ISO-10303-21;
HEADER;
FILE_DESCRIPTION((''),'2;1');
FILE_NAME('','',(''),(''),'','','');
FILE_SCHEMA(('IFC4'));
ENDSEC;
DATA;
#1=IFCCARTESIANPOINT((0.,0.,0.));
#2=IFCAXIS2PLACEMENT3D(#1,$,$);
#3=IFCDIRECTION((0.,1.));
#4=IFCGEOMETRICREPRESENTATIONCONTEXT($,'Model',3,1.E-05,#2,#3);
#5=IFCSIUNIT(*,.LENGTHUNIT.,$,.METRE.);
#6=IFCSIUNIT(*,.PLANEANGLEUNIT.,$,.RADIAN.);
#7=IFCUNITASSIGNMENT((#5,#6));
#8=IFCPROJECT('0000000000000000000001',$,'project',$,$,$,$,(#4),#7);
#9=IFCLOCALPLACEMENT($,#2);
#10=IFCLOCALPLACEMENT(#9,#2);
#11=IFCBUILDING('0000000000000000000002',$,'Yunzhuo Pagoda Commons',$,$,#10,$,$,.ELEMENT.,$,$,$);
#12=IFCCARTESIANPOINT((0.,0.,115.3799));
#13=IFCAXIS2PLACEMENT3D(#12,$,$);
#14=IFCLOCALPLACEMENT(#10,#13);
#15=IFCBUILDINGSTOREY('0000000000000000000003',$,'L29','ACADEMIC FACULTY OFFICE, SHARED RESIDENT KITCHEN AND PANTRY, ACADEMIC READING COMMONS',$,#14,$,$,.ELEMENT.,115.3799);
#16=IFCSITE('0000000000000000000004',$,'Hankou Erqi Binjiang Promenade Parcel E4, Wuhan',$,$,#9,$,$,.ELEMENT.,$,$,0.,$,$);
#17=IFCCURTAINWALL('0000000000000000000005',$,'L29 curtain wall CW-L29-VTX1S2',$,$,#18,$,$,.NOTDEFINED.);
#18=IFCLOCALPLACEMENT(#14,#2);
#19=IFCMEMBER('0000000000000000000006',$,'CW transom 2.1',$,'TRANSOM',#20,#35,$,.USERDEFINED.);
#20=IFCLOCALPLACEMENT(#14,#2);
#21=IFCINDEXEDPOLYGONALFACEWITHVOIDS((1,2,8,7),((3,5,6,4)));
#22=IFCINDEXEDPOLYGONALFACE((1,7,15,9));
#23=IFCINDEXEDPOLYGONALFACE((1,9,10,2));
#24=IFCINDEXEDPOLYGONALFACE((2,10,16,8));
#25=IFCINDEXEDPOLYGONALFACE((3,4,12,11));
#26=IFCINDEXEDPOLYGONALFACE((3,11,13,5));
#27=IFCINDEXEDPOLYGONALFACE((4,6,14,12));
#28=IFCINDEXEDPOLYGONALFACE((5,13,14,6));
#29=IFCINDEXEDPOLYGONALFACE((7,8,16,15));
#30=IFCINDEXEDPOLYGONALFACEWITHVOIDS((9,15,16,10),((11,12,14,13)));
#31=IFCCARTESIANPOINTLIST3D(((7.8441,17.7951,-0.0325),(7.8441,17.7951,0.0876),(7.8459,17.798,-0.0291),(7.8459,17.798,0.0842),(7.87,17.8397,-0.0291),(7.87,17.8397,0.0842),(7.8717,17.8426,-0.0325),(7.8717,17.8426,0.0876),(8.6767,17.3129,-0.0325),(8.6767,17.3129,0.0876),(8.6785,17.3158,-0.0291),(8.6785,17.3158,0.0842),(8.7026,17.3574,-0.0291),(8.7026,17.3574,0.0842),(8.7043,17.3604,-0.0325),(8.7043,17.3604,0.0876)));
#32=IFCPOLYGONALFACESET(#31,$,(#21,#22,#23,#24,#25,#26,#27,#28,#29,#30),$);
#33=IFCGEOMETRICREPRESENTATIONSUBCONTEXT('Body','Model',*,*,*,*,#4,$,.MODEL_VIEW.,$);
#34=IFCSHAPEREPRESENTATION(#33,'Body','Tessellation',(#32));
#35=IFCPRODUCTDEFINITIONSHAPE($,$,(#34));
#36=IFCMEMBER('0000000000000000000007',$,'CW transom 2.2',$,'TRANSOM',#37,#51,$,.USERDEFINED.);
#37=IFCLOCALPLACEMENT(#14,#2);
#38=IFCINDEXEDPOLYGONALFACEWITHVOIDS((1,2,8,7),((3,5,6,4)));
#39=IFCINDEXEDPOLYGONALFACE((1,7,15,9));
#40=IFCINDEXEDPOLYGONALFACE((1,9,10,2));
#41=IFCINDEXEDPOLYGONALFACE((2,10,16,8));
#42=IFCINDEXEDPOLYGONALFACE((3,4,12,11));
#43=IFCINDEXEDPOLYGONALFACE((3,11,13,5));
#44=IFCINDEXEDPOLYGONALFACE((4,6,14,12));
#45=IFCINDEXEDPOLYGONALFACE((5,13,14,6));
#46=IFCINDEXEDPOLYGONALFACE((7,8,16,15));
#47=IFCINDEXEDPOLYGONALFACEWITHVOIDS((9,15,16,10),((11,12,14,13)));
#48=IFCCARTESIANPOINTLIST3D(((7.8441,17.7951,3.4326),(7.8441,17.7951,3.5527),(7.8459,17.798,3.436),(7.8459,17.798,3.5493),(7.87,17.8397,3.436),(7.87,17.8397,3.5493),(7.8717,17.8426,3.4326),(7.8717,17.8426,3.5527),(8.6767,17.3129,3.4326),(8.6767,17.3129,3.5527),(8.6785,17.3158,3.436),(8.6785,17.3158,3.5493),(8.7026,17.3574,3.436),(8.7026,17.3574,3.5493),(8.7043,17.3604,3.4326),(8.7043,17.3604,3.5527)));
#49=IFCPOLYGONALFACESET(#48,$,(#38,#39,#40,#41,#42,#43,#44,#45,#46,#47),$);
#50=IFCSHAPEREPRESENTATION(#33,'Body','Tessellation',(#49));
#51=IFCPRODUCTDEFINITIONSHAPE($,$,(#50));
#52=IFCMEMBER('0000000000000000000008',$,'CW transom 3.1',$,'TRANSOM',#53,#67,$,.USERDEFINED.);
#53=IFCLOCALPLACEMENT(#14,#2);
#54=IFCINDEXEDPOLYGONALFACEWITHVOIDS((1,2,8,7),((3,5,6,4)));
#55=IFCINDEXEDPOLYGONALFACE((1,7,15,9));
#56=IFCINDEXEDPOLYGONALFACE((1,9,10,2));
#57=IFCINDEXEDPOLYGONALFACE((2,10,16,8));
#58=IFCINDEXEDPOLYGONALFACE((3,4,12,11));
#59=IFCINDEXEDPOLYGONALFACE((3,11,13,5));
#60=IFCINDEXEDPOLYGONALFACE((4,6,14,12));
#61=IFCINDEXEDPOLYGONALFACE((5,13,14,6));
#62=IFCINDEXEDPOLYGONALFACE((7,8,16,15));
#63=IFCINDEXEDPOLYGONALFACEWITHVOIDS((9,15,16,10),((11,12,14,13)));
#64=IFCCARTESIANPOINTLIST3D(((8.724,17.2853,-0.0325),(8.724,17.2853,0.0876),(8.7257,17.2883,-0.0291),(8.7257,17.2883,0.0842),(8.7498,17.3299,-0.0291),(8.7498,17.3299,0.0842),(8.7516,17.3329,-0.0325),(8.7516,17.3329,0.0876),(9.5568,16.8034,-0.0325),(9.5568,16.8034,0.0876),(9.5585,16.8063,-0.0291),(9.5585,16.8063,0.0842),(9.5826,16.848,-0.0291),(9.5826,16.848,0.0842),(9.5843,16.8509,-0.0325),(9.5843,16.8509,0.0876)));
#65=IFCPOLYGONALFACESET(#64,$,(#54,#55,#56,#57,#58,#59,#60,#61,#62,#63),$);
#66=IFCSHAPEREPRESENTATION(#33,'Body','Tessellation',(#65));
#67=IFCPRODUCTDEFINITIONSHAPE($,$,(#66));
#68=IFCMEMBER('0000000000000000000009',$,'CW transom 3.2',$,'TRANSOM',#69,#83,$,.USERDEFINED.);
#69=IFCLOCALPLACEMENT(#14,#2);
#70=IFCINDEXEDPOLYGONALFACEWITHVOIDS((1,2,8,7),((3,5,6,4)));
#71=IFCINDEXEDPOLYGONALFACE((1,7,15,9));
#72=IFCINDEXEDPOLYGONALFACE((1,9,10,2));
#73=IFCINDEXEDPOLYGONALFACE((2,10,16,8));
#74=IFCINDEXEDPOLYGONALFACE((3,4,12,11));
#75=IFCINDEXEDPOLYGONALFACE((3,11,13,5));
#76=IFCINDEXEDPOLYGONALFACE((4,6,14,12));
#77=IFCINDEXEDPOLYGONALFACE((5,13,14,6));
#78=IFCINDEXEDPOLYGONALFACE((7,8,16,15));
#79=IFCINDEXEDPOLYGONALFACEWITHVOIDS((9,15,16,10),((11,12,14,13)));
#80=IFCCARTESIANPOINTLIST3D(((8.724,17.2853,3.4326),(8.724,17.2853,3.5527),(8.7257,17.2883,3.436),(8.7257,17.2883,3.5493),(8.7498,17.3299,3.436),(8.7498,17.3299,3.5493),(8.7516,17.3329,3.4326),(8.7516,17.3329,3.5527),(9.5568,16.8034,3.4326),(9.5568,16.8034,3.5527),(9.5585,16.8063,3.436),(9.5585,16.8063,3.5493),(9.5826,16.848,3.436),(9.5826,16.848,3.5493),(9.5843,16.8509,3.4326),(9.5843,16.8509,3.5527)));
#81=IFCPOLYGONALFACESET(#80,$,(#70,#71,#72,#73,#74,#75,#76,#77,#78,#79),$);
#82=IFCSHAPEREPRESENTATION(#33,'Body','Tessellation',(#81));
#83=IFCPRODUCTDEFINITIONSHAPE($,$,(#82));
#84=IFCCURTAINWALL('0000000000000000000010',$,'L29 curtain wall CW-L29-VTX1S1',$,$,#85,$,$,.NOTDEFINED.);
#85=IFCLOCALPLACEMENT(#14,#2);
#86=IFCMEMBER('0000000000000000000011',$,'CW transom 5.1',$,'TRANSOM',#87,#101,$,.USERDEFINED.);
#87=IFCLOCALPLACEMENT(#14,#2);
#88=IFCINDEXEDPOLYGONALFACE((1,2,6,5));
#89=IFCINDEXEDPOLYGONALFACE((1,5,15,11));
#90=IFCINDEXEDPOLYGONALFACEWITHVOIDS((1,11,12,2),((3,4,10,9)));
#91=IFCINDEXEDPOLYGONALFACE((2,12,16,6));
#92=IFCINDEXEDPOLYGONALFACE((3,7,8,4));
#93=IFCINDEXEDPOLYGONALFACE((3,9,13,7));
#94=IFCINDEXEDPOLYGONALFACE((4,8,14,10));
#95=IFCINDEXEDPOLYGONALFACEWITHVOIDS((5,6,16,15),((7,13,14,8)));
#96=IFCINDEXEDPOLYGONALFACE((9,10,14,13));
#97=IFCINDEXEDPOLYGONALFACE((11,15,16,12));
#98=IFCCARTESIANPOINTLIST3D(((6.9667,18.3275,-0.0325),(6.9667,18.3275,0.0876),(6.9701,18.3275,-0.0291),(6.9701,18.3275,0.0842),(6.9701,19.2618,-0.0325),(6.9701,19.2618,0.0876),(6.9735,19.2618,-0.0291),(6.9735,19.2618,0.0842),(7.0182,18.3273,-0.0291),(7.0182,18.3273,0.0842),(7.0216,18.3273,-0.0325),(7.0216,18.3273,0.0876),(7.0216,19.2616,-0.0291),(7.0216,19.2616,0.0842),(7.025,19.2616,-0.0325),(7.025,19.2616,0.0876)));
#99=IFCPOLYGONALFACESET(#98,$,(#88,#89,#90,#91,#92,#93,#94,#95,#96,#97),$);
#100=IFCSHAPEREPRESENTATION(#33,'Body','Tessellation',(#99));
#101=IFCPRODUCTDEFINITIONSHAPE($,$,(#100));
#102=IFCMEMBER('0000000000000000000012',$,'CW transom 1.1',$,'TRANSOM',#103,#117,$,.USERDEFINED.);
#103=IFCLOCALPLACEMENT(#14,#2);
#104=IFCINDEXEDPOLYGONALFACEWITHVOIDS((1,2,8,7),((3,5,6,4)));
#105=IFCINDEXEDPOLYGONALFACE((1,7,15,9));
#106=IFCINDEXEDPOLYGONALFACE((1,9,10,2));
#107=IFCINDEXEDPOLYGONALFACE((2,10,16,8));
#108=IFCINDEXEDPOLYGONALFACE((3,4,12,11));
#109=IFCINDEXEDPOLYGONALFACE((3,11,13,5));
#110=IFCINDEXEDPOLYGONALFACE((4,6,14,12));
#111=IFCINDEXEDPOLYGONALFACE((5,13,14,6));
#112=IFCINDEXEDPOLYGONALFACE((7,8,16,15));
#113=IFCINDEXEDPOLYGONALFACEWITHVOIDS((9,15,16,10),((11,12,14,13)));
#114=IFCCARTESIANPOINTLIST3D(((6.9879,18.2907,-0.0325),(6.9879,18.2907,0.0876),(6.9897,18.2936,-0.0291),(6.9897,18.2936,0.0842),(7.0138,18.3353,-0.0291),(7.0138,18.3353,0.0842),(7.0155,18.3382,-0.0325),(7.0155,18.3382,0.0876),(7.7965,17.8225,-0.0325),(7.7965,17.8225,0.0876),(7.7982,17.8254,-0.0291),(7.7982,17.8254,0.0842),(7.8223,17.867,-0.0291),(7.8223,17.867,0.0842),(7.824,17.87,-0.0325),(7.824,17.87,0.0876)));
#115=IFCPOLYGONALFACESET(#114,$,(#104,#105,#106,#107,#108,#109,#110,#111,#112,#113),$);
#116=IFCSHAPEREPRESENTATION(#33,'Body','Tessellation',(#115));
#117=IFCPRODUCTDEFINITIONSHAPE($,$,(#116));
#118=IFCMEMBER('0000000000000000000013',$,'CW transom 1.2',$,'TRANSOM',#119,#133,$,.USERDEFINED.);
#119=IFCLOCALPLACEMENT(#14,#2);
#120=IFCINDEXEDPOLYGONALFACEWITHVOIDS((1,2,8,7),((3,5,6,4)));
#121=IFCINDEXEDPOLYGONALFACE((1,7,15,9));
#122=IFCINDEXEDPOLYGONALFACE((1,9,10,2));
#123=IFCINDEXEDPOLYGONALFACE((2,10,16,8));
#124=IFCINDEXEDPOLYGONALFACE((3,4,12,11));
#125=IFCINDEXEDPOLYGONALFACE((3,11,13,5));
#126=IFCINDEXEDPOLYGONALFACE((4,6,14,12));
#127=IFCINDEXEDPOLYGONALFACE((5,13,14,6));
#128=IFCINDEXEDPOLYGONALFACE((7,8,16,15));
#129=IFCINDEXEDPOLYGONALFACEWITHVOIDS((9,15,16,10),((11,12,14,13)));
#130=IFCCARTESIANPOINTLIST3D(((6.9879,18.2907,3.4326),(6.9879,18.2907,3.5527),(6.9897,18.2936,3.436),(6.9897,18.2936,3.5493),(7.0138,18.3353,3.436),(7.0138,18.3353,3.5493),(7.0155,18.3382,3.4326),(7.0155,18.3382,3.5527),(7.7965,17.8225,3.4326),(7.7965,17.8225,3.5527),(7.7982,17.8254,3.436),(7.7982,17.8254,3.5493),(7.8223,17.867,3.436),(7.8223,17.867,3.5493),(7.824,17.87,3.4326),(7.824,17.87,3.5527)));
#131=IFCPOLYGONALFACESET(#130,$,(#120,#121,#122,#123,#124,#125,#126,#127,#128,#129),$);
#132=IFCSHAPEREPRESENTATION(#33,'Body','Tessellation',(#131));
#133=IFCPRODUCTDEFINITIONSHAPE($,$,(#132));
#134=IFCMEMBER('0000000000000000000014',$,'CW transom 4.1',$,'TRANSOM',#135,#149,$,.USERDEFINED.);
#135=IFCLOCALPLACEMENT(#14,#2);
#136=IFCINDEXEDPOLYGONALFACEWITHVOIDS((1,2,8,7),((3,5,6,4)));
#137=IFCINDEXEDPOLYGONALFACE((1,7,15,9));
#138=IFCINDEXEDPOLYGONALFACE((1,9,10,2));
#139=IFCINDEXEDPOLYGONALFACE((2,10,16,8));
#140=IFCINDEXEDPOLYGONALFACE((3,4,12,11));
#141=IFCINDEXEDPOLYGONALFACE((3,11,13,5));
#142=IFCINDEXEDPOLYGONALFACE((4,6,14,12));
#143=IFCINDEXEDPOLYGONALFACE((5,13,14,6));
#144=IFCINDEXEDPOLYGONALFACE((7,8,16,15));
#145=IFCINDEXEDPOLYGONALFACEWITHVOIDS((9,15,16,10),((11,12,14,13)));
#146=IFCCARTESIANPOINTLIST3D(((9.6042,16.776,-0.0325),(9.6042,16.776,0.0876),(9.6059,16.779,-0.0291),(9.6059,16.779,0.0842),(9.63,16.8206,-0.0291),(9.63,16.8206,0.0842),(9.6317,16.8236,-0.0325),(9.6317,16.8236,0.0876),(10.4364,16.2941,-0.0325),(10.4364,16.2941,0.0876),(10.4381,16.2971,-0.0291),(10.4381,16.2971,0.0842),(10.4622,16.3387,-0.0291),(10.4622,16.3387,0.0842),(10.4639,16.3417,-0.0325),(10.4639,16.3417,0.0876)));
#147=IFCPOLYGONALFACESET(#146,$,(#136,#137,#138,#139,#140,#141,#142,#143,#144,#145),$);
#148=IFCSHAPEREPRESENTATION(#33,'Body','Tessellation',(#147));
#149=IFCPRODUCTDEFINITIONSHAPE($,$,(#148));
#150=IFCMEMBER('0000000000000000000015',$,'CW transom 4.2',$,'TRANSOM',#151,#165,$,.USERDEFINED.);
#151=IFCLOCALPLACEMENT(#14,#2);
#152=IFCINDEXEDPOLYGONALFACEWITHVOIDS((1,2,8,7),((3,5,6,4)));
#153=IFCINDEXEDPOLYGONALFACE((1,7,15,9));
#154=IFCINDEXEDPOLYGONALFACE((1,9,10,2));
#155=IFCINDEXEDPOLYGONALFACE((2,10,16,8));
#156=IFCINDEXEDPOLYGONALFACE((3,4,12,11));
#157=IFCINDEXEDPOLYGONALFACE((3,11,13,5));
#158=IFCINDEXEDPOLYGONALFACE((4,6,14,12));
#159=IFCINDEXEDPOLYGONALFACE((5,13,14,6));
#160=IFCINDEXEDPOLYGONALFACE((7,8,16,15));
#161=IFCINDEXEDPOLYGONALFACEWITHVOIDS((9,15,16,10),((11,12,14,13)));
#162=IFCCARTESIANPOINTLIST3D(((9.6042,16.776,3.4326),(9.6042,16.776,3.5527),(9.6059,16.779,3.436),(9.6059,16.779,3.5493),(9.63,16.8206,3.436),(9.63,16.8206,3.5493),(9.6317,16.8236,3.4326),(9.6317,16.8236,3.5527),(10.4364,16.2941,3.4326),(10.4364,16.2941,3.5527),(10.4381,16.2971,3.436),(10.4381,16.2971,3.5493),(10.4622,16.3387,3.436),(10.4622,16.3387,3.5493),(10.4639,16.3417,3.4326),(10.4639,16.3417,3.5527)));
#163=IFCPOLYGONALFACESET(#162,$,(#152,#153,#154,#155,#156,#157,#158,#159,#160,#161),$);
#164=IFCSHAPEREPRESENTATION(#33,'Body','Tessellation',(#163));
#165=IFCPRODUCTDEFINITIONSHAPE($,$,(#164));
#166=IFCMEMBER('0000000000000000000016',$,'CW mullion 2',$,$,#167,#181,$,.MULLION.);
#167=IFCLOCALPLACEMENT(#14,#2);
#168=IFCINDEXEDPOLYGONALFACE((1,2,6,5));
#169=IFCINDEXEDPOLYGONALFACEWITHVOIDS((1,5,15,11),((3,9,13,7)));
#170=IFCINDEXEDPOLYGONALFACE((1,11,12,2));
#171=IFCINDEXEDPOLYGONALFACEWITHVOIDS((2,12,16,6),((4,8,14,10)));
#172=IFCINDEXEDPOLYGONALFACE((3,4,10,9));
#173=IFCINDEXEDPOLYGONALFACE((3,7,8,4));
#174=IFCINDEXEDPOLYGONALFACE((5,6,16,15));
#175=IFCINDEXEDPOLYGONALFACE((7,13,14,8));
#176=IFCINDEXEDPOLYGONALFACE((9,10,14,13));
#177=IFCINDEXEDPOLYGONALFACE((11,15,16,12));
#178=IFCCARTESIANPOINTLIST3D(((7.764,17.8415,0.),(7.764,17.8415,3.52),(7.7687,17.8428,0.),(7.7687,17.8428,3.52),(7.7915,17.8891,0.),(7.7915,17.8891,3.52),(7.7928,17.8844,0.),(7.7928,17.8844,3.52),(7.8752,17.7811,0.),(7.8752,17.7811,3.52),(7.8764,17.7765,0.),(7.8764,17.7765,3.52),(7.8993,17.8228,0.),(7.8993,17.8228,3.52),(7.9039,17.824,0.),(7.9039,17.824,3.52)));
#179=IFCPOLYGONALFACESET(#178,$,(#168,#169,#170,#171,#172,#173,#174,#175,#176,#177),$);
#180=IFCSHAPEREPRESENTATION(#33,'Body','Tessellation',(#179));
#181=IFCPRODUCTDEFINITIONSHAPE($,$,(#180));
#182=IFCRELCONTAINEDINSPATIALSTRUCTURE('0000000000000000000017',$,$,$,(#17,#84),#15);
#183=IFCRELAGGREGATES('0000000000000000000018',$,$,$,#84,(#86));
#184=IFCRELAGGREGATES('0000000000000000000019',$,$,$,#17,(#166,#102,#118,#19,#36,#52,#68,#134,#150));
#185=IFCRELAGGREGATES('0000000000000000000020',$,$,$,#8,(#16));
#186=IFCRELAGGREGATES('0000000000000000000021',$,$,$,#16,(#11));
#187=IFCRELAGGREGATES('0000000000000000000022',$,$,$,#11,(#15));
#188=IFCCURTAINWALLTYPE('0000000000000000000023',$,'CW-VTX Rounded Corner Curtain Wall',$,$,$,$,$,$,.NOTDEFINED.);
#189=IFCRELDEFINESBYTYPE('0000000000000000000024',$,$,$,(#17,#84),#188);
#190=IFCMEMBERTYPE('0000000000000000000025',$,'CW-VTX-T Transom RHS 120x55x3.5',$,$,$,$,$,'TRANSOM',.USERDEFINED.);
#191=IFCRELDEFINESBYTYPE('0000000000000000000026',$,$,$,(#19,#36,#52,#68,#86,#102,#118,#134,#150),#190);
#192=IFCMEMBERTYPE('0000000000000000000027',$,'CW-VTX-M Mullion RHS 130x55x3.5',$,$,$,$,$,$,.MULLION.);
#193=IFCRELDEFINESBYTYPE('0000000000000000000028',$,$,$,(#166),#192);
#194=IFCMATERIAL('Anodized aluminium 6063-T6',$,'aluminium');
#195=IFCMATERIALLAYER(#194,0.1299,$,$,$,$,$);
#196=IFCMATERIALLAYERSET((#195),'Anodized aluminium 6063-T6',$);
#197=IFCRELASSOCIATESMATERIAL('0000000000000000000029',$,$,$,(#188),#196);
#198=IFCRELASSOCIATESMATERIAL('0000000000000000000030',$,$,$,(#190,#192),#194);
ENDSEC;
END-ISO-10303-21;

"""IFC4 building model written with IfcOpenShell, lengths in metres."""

from ifc_helpers import new_model, si_unit, direction, frame, origin, origin_2d, place, context, subcontext, project, spatial, hollow_rectangle, extrude, source, transform, mapped, material, layer, layer_set, material_profile, profile_set, type_object, element, aggregate, save


model = new_model("IFC4")

# Units and contexts
model_context = context("Model", 3, precision=1e-05, world=origin(), true_north=direction((0.0, 1.0)))
body_context = subcontext(model_context, "Body", "Model", "MODEL_VIEW")
ifc_project = project(units=[si_unit("LENGTHUNIT", "METRE"), si_unit("PLANEANGLEUNIT", "RADIAN")], contexts=[model_context])

# Site, building, storey
site_placement = place(None, origin())
site = spatial("IfcSite", under=ifc_project, at=site_placement, Name="Hankou Erqi Binjiang Promenade Parcel E4, Wuhan", CompositionType="ELEMENT", RefElevation=0.0)
building_placement = place(site_placement, origin())
building = spatial("IfcBuilding", under=site, at=building_placement, Name="Yunzhuo Pagoda Commons", CompositionType="ELEMENT")
storey_placement = place(building_placement, frame((0.0, 0.0, 115.3799)))
storey = spatial("IfcBuildingStorey", under=building, at=storey_placement, Name="L29", Description="ACADEMIC FACULTY OFFICE, SHARED RESIDENT KITCHEN AND PANTRY, ACADEMIC READING COMMONS", CompositionType="ELEMENT", Elevation=115.3799)

# Curtain wall, members
ifc_material_1 = material(Name="Anodized aluminium 6063-T6", Category="aluminium")
ifc_layer_1 = layer(ifc_material_1, 0.1299)
ifc_layer_set_1 = layer_set([ifc_layer_1], Name="Anodized aluminium 6063-T6")
curtain_wall_type = type_object("IfcCurtainWallType", Name="CW-VTX Rounded Corner Curtain Wall", PredefinedType="NOTDEFINED", material=ifc_layer_set_1)
curtain_wall_1_placement = place(storey_placement, origin())
curtain_wall_1 = element("IfcCurtainWall", 1, at=curtain_wall_1_placement, inside=storey, type_object=curtain_wall_type, Name="L29 curtain wall CW-L29-VTX1S2", PredefinedType="NOTDEFINED")
ifc_material_profile_1 = material_profile(ifc_material_1, hollow_rectangle(XDim=0.0549, YDim=0.1201, WallThickness=0.0034, at=origin_2d()), Name="Anodized aluminium 6063-T6")
ifc_profile_set_1 = profile_set([ifc_material_profile_1], Name="Anodized aluminium 6063-T6")
member_type_1 = type_object("IfcMemberType", Name="CW-VTX-T Transom RHS 120x55x3.5", ElementType="TRANSOM", PredefinedType="USERDEFINED", material=ifc_profile_set_1)
shared_shape_1 = source(origin(), body_context, "Body", "SweptSolid", [
    extrude(hollow_rectangle(XDim=0.0549, YDim=0.1201, WallThickness=0.0034, at=origin_2d()), origin(), (0.0, 0.0, 1.0), 0.9622),
])
member_1_placement = place(storey_placement, frame((7.8579, 17.8188, 0.0276), z_axis=(0.865339, -0.501186, 0.0), x_axis=(0.501186, 0.865339, 0.0)))
member_1 = element("IfcMember", 2, at=member_1_placement, type_object=member_type_1, Name="CW transom 2.1", ObjectType="TRANSOM", PredefinedType="USERDEFINED", context=body_context, shape_type="MappedRepresentation", body=[
    mapped(shared_shape_1, transform((0.0, 0.0, 0.0), scale=1.0)),
])
member_2_placement = place(storey_placement, frame((7.8579, 17.8188, 3.4927), z_axis=(0.865339, -0.501186, 0.0), x_axis=(0.501186, 0.865339, 0.0)))
member_2 = element("IfcMember", 3, at=member_2_placement, type_object=member_type_1, Name="CW transom 2.2", ObjectType="TRANSOM", PredefinedType="USERDEFINED", context=body_context, shape_type="MappedRepresentation", body=[
    mapped(shared_shape_1, transform((0.0, 0.0, 0.0), scale=1.0)),
])
member_3_placement = place(storey_placement, frame((8.7378, 17.3091, 0.0276), z_axis=(0.865513, -0.500886, 0.0), x_axis=(0.500886, 0.865513, 0.0)))
member_3 = element("IfcMember", 4, at=member_3_placement, type_object=member_type_1, Name="CW transom 3.1", ObjectType="TRANSOM", PredefinedType="USERDEFINED", context=body_context, shape_type="MappedRepresentation", body=[
    mapped(shared_shape_1, transform((0.0, 0.0, 0.0), scale=1.0)),
])
member_4_placement = place(storey_placement, frame((8.7378, 17.3091, 3.4927), z_axis=(0.865513, -0.500886, 0.0), x_axis=(0.500886, 0.865513, 0.0)))
member_4 = element("IfcMember", 5, at=member_4_placement, type_object=member_type_1, Name="CW transom 3.2", ObjectType="TRANSOM", PredefinedType="USERDEFINED", context=body_context, shape_type="MappedRepresentation", body=[
    mapped(shared_shape_1, transform((0.0, 0.0, 0.0), scale=1.0)),
])

# Curtain wall, member
curtain_wall_2_placement = place(storey_placement, origin())
curtain_wall_2 = element("IfcCurtainWall", 6, at=curtain_wall_2_placement, inside=storey, type_object=curtain_wall_type, Name="L29 curtain wall CW-L29-VTX1S1", PredefinedType="NOTDEFINED")
shared_shape_2 = source(origin(), body_context, "Body", "SweptSolid", [
    extrude(hollow_rectangle(XDim=0.0549, YDim=0.1201, WallThickness=0.0034, at=origin_2d()), origin(), (0.0, 0.0, 1.0), 0.9343),
])
member_5_placement = place(storey_placement, frame((6.9976, 19.2617, 0.0276), z_axis=(-0.003658, -0.999993, 0.0), x_axis=(0.999993, -0.003658, 0.0)))
member_5 = element("IfcMember", 7, at=member_5_placement, type_object=member_type_1, Name="CW transom 5.1", ObjectType="TRANSOM", PredefinedType="USERDEFINED", context=body_context, shape_type="MappedRepresentation", body=[
    mapped(shared_shape_2, transform((0.0, 0.0, 0.0), scale=1.0)),
])

# Members
member_6_placement = place(storey_placement, frame((7.0017, 18.3145, 0.0276), z_axis=(0.865367, -0.501139, 0.0), x_axis=(0.501139, 0.865367, 0.0)))
member_6 = element("IfcMember", 8, at=member_6_placement, type_object=member_type_1, Name="CW transom 1.1", ObjectType="TRANSOM", PredefinedType="USERDEFINED", context=body_context, shape_type="MappedRepresentation", body=[
    mapped(shared_shape_2, transform((0.0, 0.0, 0.0), scale=1.0)),
])
member_7_placement = place(storey_placement, frame((7.0017, 18.3145, 3.4927), z_axis=(0.865367, -0.501139, 0.0), x_axis=(0.501139, 0.865367, 0.0)))
member_7 = element("IfcMember", 9, at=member_7_placement, type_object=member_type_1, Name="CW transom 1.2", ObjectType="TRANSOM", PredefinedType="USERDEFINED", context=body_context, shape_type="MappedRepresentation", body=[
    mapped(shared_shape_2, transform((0.0, 0.0, 0.0), scale=1.0)),
])
shared_shape_3 = source(origin(), body_context, "Body", "SweptSolid", [
    extrude(hollow_rectangle(XDim=0.0549, YDim=0.1201, WallThickness=0.0034, at=origin_2d()), origin(), (0.0, 0.0, 1.0), 0.9617),
])
member_8_placement = place(storey_placement, frame((9.6179, 16.7998, 0.0276), z_axis=(0.865386, -0.501106, 0.0), x_axis=(0.501106, 0.865386, 0.0)))
member_8 = element("IfcMember", 10, at=member_8_placement, type_object=member_type_1, Name="CW transom 4.1", ObjectType="TRANSOM", PredefinedType="USERDEFINED", context=body_context, shape_type="MappedRepresentation", body=[
    mapped(shared_shape_3, transform((0.0, 0.0, 0.0), scale=1.0)),
])
member_9_placement = place(storey_placement, frame((9.6179, 16.7998, 3.4927), z_axis=(0.865386, -0.501106, 0.0), x_axis=(0.501106, 0.865386, 0.0)))
member_9 = element("IfcMember", 11, at=member_9_placement, type_object=member_type_1, Name="CW transom 4.2", ObjectType="TRANSOM", PredefinedType="USERDEFINED", context=body_context, shape_type="MappedRepresentation", body=[
    mapped(shared_shape_3, transform((0.0, 0.0, 0.0), scale=1.0)),
])
ifc_material_profile_2 = material_profile(ifc_material_1, hollow_rectangle(XDim=0.0549, YDim=0.1299, WallThickness=0.0034, at=origin_2d()), Name="Anodized aluminium 6063-T6")
ifc_profile_set_2 = profile_set([ifc_material_profile_2], Name="Anodized aluminium 6063-T6")
member_type_2 = type_object("IfcMemberType", Name="CW-VTX-M Mullion RHS 130x55x3.5", PredefinedType="MULLION", material=ifc_profile_set_2)
shared_shape_4 = source(origin(), body_context, "Body", "SweptSolid", [
    extrude(hollow_rectangle(XDim=0.0549, YDim=0.1299, WallThickness=0.0034, at=origin_2d()), origin(), (0.0, 0.0, 1.0), 3.52),
])
member_10_placement = place(storey_placement, frame((7.834, 17.8328, 0.0), z_axis=(0.0, 0.0, 1.0), x_axis=(0.501032, 0.865429, 0.0)))
member_10 = element("IfcMember", 12, at=member_10_placement, type_object=member_type_2, Name="CW mullion 2", PredefinedType="MULLION", context=body_context, shape_type="MappedRepresentation", body=[
    mapped(shared_shape_4, transform((0.0, 0.0, 0.0), scale=1.0)),
])

aggregate(curtain_wall_2, [member_5])
aggregate(curtain_wall_1, [member_10, member_6, member_7, member_1, member_2, member_3, member_4, member_8, member_9])

save(model, "model.ifc")
